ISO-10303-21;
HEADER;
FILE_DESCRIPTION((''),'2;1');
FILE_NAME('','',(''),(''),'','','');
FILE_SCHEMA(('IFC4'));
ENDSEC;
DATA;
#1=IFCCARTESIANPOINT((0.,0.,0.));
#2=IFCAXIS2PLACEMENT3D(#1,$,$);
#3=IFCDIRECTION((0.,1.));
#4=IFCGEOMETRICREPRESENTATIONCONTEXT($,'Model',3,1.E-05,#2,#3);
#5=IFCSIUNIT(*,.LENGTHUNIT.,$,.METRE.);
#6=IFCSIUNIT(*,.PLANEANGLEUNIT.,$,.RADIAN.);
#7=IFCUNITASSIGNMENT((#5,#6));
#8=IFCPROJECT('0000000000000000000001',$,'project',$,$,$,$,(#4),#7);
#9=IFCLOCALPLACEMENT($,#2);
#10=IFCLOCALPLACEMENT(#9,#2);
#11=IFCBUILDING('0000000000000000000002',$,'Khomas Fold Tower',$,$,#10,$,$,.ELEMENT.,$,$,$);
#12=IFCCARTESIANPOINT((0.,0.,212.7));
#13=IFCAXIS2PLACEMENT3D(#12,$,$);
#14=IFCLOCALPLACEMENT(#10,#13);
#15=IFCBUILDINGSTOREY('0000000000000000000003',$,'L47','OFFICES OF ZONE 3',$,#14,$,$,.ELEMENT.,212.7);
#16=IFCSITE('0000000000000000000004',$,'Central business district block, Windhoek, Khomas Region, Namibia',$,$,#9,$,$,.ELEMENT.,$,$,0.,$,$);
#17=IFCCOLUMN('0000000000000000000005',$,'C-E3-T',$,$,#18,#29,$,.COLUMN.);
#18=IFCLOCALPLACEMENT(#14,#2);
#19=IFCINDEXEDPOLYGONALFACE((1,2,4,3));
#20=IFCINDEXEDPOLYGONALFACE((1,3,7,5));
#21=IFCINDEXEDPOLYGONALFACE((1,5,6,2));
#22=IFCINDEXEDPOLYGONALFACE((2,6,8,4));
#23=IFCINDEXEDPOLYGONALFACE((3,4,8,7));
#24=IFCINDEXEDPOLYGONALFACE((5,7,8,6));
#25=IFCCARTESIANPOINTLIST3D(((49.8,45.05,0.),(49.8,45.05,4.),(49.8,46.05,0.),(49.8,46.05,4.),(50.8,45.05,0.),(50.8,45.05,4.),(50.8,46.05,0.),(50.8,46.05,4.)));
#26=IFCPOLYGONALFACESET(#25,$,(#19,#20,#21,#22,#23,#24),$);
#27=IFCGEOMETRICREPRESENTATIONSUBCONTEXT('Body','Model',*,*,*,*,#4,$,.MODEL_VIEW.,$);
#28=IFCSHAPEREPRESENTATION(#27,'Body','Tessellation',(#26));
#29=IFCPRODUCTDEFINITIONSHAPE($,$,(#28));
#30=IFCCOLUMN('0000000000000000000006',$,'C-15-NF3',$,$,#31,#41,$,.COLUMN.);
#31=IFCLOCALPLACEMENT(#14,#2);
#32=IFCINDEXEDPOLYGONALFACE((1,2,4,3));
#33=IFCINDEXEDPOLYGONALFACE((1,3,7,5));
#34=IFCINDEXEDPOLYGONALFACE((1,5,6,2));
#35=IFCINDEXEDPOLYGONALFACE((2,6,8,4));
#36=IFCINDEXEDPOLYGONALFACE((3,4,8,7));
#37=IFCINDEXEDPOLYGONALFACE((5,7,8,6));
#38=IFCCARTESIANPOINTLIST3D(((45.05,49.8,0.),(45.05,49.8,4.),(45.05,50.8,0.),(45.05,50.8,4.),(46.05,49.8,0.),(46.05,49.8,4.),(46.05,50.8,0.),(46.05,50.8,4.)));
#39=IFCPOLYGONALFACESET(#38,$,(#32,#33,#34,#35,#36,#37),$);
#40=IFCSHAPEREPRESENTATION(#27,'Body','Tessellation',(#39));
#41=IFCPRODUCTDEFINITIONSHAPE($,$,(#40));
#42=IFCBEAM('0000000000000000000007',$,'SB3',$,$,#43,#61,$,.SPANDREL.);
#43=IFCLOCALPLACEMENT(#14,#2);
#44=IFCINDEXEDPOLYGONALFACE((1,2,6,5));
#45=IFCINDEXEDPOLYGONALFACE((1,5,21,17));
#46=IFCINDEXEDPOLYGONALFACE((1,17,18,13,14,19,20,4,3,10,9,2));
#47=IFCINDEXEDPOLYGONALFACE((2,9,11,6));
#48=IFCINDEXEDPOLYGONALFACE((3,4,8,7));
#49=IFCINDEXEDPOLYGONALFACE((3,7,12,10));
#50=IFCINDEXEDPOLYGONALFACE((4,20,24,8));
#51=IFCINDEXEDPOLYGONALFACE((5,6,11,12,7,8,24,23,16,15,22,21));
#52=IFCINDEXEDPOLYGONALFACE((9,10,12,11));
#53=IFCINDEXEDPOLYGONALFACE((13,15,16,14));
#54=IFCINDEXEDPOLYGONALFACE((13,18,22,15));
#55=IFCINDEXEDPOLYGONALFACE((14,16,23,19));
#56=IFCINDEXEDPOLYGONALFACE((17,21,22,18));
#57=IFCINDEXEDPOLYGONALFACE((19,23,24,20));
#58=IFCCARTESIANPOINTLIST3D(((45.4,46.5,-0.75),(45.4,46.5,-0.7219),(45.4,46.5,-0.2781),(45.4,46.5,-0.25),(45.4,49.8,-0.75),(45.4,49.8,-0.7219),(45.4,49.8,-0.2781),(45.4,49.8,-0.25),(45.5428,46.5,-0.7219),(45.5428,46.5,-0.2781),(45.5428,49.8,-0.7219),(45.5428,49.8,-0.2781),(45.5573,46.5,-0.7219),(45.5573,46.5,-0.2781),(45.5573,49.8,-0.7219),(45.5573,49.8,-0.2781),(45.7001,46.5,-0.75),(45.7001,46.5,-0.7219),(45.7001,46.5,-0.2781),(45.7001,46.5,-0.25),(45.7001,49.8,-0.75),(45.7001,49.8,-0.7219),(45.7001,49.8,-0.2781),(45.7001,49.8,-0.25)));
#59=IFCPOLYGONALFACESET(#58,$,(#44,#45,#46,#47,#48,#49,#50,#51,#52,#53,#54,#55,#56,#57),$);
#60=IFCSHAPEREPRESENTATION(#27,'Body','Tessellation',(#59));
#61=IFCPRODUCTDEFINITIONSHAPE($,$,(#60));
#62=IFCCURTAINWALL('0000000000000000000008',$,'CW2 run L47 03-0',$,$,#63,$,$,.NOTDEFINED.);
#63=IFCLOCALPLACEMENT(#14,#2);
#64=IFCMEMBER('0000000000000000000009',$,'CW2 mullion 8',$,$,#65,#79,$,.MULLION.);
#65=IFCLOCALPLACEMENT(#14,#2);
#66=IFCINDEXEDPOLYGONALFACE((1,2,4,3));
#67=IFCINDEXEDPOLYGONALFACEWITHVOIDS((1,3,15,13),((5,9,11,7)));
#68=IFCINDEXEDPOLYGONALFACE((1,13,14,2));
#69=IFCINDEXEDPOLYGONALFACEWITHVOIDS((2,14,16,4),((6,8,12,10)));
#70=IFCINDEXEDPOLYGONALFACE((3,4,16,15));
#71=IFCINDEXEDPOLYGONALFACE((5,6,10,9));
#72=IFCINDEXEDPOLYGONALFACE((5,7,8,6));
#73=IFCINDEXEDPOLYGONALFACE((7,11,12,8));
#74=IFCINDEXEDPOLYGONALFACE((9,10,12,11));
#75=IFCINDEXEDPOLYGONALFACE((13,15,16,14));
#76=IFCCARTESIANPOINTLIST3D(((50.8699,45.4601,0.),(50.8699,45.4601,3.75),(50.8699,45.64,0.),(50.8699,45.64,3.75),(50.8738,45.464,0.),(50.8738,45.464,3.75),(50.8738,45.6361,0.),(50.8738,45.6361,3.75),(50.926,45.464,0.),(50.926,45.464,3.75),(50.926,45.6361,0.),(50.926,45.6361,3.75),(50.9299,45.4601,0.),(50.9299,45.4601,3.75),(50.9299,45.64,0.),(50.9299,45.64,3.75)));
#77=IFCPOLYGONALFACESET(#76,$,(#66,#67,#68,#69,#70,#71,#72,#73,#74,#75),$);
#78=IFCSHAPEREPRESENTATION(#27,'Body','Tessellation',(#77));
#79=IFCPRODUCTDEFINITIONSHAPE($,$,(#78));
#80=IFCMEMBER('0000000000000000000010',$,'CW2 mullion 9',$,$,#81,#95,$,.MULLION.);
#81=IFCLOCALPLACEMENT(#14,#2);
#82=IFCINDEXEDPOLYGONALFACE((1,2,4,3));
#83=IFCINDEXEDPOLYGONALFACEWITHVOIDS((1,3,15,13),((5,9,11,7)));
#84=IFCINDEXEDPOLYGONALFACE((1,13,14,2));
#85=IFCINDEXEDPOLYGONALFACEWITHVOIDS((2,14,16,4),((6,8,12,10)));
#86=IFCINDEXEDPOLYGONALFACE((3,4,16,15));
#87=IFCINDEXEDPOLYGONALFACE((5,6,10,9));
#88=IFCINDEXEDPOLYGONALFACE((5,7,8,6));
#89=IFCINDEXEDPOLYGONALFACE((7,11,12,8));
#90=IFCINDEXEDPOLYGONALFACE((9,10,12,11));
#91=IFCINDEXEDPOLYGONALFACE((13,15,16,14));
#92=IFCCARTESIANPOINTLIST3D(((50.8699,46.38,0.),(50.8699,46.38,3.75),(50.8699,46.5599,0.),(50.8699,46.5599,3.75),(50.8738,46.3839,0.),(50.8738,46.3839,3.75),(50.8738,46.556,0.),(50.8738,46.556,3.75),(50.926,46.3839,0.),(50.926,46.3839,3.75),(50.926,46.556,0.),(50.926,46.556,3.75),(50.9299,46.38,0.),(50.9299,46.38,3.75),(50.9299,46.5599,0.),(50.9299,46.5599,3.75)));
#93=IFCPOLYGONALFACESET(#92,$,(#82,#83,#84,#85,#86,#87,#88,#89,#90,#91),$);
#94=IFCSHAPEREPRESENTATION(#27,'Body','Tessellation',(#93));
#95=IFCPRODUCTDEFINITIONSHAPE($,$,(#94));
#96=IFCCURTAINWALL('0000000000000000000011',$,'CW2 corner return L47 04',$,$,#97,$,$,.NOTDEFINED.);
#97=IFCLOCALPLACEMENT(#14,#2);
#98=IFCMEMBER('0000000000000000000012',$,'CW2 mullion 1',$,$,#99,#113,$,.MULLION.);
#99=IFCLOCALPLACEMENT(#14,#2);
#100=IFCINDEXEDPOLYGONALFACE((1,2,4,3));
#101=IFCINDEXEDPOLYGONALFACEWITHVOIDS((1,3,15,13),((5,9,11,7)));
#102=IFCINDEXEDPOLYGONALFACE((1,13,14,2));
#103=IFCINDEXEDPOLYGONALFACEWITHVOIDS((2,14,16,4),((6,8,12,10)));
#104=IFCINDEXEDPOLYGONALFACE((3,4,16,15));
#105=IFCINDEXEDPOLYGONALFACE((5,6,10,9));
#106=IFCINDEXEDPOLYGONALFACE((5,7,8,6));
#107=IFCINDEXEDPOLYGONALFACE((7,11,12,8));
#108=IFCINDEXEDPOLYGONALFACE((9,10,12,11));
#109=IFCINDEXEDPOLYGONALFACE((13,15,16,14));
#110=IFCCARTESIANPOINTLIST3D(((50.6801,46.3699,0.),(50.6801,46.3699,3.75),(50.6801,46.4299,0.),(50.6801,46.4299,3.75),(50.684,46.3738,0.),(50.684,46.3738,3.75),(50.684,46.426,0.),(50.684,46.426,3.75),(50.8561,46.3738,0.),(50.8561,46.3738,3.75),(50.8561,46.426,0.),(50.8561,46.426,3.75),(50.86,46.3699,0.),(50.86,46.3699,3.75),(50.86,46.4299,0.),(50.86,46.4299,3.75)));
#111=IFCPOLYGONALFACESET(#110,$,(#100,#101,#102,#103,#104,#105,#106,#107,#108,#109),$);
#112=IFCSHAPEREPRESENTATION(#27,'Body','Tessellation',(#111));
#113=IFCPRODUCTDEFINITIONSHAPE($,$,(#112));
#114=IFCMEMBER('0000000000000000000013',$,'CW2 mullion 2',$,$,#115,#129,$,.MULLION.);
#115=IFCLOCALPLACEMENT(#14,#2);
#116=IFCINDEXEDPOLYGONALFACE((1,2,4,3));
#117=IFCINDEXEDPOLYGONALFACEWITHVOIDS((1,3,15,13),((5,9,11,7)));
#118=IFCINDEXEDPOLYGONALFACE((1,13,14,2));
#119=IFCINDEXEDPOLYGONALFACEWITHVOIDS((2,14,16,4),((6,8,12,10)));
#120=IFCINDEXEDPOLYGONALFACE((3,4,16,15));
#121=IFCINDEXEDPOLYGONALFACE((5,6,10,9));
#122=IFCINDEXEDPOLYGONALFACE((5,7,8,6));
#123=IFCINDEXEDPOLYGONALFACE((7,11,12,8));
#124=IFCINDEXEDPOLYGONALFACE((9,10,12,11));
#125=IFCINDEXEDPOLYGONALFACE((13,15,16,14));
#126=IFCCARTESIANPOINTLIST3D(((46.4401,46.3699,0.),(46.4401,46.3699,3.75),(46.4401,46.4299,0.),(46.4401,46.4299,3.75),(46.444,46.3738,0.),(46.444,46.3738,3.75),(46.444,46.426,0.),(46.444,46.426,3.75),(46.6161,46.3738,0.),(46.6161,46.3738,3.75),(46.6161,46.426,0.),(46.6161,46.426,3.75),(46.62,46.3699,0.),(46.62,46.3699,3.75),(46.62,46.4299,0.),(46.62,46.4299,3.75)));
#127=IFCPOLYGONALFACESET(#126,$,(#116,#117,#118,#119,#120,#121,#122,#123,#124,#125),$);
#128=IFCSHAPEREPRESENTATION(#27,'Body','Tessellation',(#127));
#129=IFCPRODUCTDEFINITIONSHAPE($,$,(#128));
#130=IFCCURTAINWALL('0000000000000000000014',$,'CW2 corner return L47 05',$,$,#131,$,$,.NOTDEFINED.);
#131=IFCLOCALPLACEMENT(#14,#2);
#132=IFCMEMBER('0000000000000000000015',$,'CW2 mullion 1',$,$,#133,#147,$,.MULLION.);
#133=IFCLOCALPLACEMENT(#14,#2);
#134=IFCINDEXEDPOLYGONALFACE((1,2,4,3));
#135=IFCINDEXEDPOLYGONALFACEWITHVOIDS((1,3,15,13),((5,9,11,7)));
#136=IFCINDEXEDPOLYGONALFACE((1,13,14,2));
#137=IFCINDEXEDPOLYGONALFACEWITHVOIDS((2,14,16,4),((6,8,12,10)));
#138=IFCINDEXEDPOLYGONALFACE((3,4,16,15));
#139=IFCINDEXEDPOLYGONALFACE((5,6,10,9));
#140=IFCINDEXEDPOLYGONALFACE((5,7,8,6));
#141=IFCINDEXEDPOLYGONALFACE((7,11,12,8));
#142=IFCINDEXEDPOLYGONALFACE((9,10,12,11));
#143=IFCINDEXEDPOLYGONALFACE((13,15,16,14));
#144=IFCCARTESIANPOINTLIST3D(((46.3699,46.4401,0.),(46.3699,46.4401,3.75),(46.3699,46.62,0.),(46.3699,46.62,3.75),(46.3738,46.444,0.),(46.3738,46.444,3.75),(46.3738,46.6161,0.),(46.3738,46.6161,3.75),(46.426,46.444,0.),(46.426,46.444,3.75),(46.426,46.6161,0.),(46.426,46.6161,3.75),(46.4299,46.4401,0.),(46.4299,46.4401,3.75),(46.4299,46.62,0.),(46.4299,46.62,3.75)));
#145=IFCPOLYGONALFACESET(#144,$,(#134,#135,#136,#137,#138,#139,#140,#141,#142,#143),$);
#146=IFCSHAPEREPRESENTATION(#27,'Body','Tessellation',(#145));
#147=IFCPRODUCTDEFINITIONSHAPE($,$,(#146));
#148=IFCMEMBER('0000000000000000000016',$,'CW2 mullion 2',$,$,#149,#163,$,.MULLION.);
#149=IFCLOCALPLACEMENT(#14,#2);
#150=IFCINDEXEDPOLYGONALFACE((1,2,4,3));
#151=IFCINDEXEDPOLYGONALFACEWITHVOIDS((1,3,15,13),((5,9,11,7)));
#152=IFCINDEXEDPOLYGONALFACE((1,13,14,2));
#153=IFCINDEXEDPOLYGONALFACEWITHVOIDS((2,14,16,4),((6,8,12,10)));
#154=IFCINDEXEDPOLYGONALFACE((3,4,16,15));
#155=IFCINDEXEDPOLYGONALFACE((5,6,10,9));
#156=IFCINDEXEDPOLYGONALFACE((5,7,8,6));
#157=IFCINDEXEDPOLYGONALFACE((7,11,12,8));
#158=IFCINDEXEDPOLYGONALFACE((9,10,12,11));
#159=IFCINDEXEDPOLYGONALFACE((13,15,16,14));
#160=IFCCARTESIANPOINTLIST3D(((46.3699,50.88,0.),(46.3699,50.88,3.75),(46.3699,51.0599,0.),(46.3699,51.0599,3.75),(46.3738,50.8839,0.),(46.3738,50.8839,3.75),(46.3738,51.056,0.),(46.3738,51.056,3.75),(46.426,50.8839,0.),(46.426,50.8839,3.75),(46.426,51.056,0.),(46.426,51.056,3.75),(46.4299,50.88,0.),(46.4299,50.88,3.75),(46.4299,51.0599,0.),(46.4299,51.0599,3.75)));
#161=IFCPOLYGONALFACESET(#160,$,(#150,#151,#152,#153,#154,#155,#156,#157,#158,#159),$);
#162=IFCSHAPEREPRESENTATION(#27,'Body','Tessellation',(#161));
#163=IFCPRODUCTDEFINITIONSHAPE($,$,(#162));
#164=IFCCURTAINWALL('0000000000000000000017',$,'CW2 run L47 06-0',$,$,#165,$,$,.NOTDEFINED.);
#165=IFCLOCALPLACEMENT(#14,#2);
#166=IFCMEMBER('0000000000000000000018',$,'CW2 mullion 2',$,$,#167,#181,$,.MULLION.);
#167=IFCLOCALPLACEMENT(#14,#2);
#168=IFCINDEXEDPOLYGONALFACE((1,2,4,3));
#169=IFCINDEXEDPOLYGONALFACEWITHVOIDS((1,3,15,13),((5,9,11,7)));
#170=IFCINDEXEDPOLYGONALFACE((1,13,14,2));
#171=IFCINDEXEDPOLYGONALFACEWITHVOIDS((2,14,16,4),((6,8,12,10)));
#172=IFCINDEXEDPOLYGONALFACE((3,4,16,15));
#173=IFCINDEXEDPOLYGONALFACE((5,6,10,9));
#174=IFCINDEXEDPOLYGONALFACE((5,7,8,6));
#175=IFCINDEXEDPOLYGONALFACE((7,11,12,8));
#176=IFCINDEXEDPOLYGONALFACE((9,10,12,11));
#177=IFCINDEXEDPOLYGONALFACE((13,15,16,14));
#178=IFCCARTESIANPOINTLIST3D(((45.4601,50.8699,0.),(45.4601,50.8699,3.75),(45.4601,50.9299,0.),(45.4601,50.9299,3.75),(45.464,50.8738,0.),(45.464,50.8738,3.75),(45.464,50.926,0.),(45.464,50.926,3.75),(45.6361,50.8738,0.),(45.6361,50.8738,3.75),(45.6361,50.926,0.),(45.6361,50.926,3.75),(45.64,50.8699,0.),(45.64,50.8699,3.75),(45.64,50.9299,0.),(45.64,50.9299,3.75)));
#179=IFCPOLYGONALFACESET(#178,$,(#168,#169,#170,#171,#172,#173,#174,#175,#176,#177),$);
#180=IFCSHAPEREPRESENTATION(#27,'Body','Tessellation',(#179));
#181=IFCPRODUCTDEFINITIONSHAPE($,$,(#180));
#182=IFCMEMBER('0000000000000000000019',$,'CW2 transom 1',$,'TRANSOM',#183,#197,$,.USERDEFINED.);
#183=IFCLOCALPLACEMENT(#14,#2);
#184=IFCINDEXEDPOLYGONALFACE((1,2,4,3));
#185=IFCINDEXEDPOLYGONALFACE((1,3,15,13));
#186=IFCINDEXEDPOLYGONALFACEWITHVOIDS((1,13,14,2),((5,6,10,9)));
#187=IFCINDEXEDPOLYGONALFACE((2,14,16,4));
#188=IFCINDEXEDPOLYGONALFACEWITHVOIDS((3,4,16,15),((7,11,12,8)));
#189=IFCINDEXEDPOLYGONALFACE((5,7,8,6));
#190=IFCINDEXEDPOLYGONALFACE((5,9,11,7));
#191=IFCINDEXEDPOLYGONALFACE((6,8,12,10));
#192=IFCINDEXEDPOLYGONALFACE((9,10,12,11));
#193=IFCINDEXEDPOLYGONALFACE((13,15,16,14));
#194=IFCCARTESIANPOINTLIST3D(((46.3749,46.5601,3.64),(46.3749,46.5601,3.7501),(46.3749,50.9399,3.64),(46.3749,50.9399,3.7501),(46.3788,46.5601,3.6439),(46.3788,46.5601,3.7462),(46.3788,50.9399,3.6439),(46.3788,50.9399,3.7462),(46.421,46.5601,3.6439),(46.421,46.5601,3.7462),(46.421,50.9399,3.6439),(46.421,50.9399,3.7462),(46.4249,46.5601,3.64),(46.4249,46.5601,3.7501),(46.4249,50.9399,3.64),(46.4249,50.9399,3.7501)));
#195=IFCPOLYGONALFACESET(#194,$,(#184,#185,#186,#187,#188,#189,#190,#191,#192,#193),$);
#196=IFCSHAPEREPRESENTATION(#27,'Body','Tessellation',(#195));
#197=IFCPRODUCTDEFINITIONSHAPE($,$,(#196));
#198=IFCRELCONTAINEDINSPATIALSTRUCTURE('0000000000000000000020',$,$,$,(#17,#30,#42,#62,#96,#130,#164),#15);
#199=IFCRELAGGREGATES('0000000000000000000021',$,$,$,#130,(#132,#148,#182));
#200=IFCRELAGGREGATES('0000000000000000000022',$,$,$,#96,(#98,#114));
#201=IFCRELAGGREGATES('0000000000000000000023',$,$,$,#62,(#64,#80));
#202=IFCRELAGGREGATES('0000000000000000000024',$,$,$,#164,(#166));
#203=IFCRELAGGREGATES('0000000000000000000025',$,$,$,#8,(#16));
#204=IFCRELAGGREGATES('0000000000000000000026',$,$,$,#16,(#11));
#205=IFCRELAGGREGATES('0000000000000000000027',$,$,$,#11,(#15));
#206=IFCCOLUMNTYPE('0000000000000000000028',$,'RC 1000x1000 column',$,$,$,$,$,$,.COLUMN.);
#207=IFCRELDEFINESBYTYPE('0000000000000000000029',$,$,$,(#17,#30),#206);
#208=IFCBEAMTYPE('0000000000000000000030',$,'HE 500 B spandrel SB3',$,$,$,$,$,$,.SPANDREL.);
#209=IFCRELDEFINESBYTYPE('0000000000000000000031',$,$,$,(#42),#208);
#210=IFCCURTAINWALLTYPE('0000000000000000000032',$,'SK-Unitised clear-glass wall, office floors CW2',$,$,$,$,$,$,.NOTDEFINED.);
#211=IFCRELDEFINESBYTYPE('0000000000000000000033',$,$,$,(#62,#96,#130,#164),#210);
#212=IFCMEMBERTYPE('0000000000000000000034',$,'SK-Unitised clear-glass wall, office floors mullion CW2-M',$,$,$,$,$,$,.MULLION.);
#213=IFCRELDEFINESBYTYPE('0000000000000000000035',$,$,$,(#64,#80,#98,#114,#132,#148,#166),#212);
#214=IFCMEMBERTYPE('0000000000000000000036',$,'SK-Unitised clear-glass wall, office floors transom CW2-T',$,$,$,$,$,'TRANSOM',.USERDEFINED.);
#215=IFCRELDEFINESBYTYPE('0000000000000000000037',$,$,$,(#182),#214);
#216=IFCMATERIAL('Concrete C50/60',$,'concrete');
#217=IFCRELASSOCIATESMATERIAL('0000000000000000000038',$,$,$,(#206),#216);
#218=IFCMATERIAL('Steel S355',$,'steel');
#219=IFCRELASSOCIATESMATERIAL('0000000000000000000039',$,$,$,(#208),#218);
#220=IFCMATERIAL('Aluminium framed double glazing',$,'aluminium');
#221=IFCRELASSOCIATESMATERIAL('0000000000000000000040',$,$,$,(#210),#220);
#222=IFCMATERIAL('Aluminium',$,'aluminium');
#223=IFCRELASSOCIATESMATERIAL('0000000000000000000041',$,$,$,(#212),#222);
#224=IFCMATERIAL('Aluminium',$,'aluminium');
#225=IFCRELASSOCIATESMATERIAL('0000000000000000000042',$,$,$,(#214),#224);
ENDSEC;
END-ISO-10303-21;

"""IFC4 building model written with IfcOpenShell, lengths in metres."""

from ifc_helpers import new_model, si_unit, direction, frame, origin, origin_2d, place, context, subcontext, project, spatial, rectangle, hollow_rectangle, i_section, extrude, source, transform, mapped, material, material_profile, profile_set, type_object, element, aggregate, save


model = new_model("IFC4")

# Units and contexts
model_context = context("Model", 3, precision=1e-05, world=origin(), true_north=direction((0.0, 1.0)))
body_context = subcontext(model_context, "Body", "Model", "MODEL_VIEW")
ifc_project = project(units=[si_unit("LENGTHUNIT", "METRE"), si_unit("PLANEANGLEUNIT", "RADIAN")], contexts=[model_context])

# Site, building, storey
site_placement = place(None, origin())
site = spatial("IfcSite", under=ifc_project, at=site_placement, Name="Central business district block, Windhoek, Khomas Region, Namibia", CompositionType="ELEMENT", RefElevation=0.0)
building_placement = place(site_placement, origin())
building = spatial("IfcBuilding", under=site, at=building_placement, Name="Khomas Fold Tower", CompositionType="ELEMENT")
storey_placement = place(building_placement, frame((0.0, 0.0, 212.7)))
storey = spatial("IfcBuildingStorey", under=building, at=storey_placement, Name="L47", Description="OFFICES OF ZONE 3", CompositionType="ELEMENT", Elevation=212.7)

# Columns
ifc_material_1 = material(Name="Concrete C50/60", Category="concrete")
ifc_material_profile_1 = material_profile(ifc_material_1, rectangle(XDim=1.0, YDim=1.0, at=origin_2d()), Name="RC 1000x1000")
ifc_profile_set_1 = profile_set([ifc_material_profile_1], Name="Concrete C50/60")
column_type = type_object("IfcColumnType", Name="RC 1000x1000 column", PredefinedType="COLUMN", material=ifc_profile_set_1)
shared_shape_1 = source(origin(), body_context, "Body", "SweptSolid", [
    extrude(rectangle(XDim=1.0, YDim=1.0, at=origin_2d()), origin(), (0.0, 0.0, 1.0), 4.0),
])
for number, where, z_axis, x_axis, name in (
    (1, (50.3, 45.55, 0.0), (0.0, 0.0, 1.0), (1.0, 0.0, 0.0), "C-E3-T"),
    (2, (45.55, 50.3, 0.0), (0.0, 0.0, 1.0), (1.0, 0.0, 0.0), "C-15-NF3"),
):
    element("IfcColumn", number, at=place(storey_placement, frame(where, z_axis=z_axis, x_axis=x_axis)), inside=storey, type_object=column_type, Name=name, PredefinedType="COLUMN", context=body_context, shape_type="MappedRepresentation", body=[
        mapped(shared_shape_1, transform((0.0, 0.0, 0.0))),
    ])

# Beam
ifc_material_2 = material(Name="Steel S355", Category="steel")
ifc_material_profile_2 = material_profile(ifc_material_2, i_section(OverallWidth=0.3, OverallDepth=0.5, WebThickness=0.0144, FlangeThickness=0.0281, at=origin_2d()), Name="HE 500 B")
ifc_profile_set_2 = profile_set([ifc_material_profile_2], Name="Steel S355")
beam_type = type_object("IfcBeamType", Name="HE 500 B spandrel SB3", PredefinedType="SPANDREL", material=ifc_profile_set_2)
shared_shape_2 = source(origin(), body_context, "Body", "SweptSolid", [
    extrude(i_section(OverallWidth=0.3, OverallDepth=0.5, WebThickness=0.0144, FlangeThickness=0.0281, at=origin_2d()), origin(), (0.0, 0.0, 1.0), 3.3),
])
beam_placement = place(storey_placement, frame((45.55, 46.5, -0.5), z_axis=(0.0, 1.0, 0.0), x_axis=(-1.0, 0.0, 0.0)))
element("IfcBeam", 3, at=beam_placement, inside=storey, type_object=beam_type, Name="SB3", PredefinedType="SPANDREL", context=body_context, shape_type="MappedRepresentation", body=[
    mapped(shared_shape_2, transform((0.0, 0.0, 0.0))),
])

# Curtain walls, members
ifc_material_3 = material(Name="Aluminium framed double glazing", Category="aluminium")
curtain_wall_type = type_object("IfcCurtainWallType", Name="SK-Unitised clear-glass wall, office floors CW2", PredefinedType="NOTDEFINED", material=ifc_material_3)
curtain_wall_1_placement = place(storey_placement, origin())
curtain_wall_1 = element("IfcCurtainWall", 4, at=curtain_wall_1_placement, inside=storey, type_object=curtain_wall_type, Name="CW2 run L47 03-0", PredefinedType="NOTDEFINED")
ifc_material_4 = material(Name="Aluminium", Category="aluminium")
ifc_material_profile_3 = material_profile(ifc_material_4, hollow_rectangle(XDim=0.0601, YDim=0.1799, WallThickness=0.0039, at=origin_2d()), Name="SK-Unitised clear-glass wall, office floors mullion CW2-M")
ifc_profile_set_3 = profile_set([ifc_material_profile_3], Name="Aluminium")
member_type_1 = type_object("IfcMemberType", Name="SK-Unitised clear-glass wall, office floors mullion CW2-M", PredefinedType="MULLION", material=ifc_profile_set_3)
shared_shape_3 = source(origin(), body_context, "Body", "SweptSolid", [
    extrude(hollow_rectangle(XDim=0.0601, YDim=0.1799, WallThickness=0.0039, at=origin_2d()), origin(), (0.0, 0.0, 1.0), 3.75),
])
member_1_placement = place(storey_placement, frame((50.8999, 45.55, 0.0), z_axis=(0.0, 0.0, 1.0), x_axis=(-1.0, 0.0, 0.0)))
member_1 = element("IfcMember", 5, at=member_1_placement, type_object=member_type_1, Name="CW2 mullion 8", PredefinedType="MULLION", context=body_context, shape_type="MappedRepresentation", body=[
    mapped(shared_shape_3, transform((0.0, 0.0, 0.0))),
])
member_2_placement = place(storey_placement, frame((50.8999, 46.47, 0.0), z_axis=(0.0, 0.0, 1.0), x_axis=(-1.0, 0.0, 0.0)))
member_2 = element("IfcMember", 6, at=member_2_placement, type_object=member_type_1, Name="CW2 mullion 9", PredefinedType="MULLION", context=body_context, shape_type="MappedRepresentation", body=[
    mapped(shared_shape_3, transform((0.0, 0.0, 0.0))),
])
curtain_wall_2_placement = place(storey_placement, origin())
curtain_wall_2 = element("IfcCurtainWall", 7, at=curtain_wall_2_placement, inside=storey, type_object=curtain_wall_type, Name="CW2 corner return L47 04", PredefinedType="NOTDEFINED")
member_3_placement = place(storey_placement, frame((50.77, 46.3999, 0.0), z_axis=(0.0, 0.0, 1.0), x_axis=(0.0, -1.0, 0.0)))
member_3 = element("IfcMember", 8, at=member_3_placement, type_object=member_type_1, Name="CW2 mullion 1", PredefinedType="MULLION", context=body_context, shape_type="MappedRepresentation", body=[
    mapped(shared_shape_3, transform((0.0, 0.0, 0.0))),
])
member_4_placement = place(storey_placement, frame((46.53, 46.3999, 0.0), z_axis=(0.0, 0.0, 1.0), x_axis=(0.0, -1.0, 0.0)))
member_4 = element("IfcMember", 9, at=member_4_placement, type_object=member_type_1, Name="CW2 mullion 2", PredefinedType="MULLION", context=body_context, shape_type="MappedRepresentation", body=[
    mapped(shared_shape_3, transform((0.0, 0.0, 0.0))),
])
curtain_wall_3_placement = place(storey_placement, origin())
curtain_wall_3 = element("IfcCurtainWall", 10, at=curtain_wall_3_placement, inside=storey, type_object=curtain_wall_type, Name="CW2 corner return L47 05", PredefinedType="NOTDEFINED")
member_5_placement = place(storey_placement, frame((46.3999, 46.53, 0.0), z_axis=(0.0, 0.0, 1.0), x_axis=(-1.0, 0.0, 0.0)))
member_5 = element("IfcMember", 11, at=member_5_placement, type_object=member_type_1, Name="CW2 mullion 1", PredefinedType="MULLION", context=body_context, shape_type="MappedRepresentation", body=[
    mapped(shared_shape_3, transform((0.0, 0.0, 0.0))),
])
member_6_placement = place(storey_placement, frame((46.3999, 50.97, 0.0), z_axis=(0.0, 0.0, 1.0), x_axis=(-1.0, 0.0, 0.0)))
member_6 = element("IfcMember", 12, at=member_6_placement, type_object=member_type_1, Name="CW2 mullion 2", PredefinedType="MULLION", context=body_context, shape_type="MappedRepresentation", body=[
    mapped(shared_shape_3, transform((0.0, 0.0, 0.0))),
])

# Curtain wall, member
curtain_wall_4_placement = place(storey_placement, origin())
curtain_wall_4 = element("IfcCurtainWall", 13, at=curtain_wall_4_placement, inside=storey, type_object=curtain_wall_type, Name="CW2 run L47 06-0", PredefinedType="NOTDEFINED")
member_7_placement = place(storey_placement, frame((45.55, 50.8999, 0.0), z_axis=(0.0, 0.0, 1.0), x_axis=(0.0, -1.0, 0.0)))
member_7 = element("IfcMember", 14, at=member_7_placement, type_object=member_type_1, Name="CW2 mullion 2", PredefinedType="MULLION", context=body_context, shape_type="MappedRepresentation", body=[
    mapped(shared_shape_3, transform((0.0, 0.0, 0.0))),
])

# Member
ifc_material_5 = material(Name="Aluminium", Category="aluminium")
ifc_material_profile_4 = material_profile(ifc_material_5, hollow_rectangle(XDim=0.05, YDim=0.1101, WallThickness=0.0039, at=origin_2d()), Name="SK-Unitised clear-glass wall, office floors transom CW2-T")
ifc_profile_set_4 = profile_set([ifc_material_profile_4], Name="Aluminium")
member_type_2 = type_object("IfcMemberType", Name="SK-Unitised clear-glass wall, office floors transom CW2-T", ElementType="TRANSOM", PredefinedType="USERDEFINED", material=ifc_profile_set_4)
shared_shape_4 = source(origin(), body_context, "Body", "SweptSolid", [
    extrude(hollow_rectangle(XDim=0.05, YDim=0.1101, WallThickness=0.0039, at=origin_2d()), origin(), (0.0, 0.0, 1.0), 4.3799),
])
member_8_placement = place(storey_placement, frame((46.3999, 46.5601, 3.6951), z_axis=(0.0, 1.0, 0.0), x_axis=(-1.0, 0.0, 0.0)))
member_8 = element("IfcMember", 15, at=member_8_placement, type_object=member_type_2, Name="CW2 transom 1", ObjectType="TRANSOM", PredefinedType="USERDEFINED", context=body_context, shape_type="MappedRepresentation", body=[
    mapped(shared_shape_4, transform((0.0, 0.0, 0.0))),
])

aggregate(curtain_wall_3, [member_5, member_6, member_8])
aggregate(curtain_wall_2, [member_3, member_4])
aggregate(curtain_wall_1, [member_1, member_2])
aggregate(curtain_wall_4, [member_7])

save(model, "model.ifc")
